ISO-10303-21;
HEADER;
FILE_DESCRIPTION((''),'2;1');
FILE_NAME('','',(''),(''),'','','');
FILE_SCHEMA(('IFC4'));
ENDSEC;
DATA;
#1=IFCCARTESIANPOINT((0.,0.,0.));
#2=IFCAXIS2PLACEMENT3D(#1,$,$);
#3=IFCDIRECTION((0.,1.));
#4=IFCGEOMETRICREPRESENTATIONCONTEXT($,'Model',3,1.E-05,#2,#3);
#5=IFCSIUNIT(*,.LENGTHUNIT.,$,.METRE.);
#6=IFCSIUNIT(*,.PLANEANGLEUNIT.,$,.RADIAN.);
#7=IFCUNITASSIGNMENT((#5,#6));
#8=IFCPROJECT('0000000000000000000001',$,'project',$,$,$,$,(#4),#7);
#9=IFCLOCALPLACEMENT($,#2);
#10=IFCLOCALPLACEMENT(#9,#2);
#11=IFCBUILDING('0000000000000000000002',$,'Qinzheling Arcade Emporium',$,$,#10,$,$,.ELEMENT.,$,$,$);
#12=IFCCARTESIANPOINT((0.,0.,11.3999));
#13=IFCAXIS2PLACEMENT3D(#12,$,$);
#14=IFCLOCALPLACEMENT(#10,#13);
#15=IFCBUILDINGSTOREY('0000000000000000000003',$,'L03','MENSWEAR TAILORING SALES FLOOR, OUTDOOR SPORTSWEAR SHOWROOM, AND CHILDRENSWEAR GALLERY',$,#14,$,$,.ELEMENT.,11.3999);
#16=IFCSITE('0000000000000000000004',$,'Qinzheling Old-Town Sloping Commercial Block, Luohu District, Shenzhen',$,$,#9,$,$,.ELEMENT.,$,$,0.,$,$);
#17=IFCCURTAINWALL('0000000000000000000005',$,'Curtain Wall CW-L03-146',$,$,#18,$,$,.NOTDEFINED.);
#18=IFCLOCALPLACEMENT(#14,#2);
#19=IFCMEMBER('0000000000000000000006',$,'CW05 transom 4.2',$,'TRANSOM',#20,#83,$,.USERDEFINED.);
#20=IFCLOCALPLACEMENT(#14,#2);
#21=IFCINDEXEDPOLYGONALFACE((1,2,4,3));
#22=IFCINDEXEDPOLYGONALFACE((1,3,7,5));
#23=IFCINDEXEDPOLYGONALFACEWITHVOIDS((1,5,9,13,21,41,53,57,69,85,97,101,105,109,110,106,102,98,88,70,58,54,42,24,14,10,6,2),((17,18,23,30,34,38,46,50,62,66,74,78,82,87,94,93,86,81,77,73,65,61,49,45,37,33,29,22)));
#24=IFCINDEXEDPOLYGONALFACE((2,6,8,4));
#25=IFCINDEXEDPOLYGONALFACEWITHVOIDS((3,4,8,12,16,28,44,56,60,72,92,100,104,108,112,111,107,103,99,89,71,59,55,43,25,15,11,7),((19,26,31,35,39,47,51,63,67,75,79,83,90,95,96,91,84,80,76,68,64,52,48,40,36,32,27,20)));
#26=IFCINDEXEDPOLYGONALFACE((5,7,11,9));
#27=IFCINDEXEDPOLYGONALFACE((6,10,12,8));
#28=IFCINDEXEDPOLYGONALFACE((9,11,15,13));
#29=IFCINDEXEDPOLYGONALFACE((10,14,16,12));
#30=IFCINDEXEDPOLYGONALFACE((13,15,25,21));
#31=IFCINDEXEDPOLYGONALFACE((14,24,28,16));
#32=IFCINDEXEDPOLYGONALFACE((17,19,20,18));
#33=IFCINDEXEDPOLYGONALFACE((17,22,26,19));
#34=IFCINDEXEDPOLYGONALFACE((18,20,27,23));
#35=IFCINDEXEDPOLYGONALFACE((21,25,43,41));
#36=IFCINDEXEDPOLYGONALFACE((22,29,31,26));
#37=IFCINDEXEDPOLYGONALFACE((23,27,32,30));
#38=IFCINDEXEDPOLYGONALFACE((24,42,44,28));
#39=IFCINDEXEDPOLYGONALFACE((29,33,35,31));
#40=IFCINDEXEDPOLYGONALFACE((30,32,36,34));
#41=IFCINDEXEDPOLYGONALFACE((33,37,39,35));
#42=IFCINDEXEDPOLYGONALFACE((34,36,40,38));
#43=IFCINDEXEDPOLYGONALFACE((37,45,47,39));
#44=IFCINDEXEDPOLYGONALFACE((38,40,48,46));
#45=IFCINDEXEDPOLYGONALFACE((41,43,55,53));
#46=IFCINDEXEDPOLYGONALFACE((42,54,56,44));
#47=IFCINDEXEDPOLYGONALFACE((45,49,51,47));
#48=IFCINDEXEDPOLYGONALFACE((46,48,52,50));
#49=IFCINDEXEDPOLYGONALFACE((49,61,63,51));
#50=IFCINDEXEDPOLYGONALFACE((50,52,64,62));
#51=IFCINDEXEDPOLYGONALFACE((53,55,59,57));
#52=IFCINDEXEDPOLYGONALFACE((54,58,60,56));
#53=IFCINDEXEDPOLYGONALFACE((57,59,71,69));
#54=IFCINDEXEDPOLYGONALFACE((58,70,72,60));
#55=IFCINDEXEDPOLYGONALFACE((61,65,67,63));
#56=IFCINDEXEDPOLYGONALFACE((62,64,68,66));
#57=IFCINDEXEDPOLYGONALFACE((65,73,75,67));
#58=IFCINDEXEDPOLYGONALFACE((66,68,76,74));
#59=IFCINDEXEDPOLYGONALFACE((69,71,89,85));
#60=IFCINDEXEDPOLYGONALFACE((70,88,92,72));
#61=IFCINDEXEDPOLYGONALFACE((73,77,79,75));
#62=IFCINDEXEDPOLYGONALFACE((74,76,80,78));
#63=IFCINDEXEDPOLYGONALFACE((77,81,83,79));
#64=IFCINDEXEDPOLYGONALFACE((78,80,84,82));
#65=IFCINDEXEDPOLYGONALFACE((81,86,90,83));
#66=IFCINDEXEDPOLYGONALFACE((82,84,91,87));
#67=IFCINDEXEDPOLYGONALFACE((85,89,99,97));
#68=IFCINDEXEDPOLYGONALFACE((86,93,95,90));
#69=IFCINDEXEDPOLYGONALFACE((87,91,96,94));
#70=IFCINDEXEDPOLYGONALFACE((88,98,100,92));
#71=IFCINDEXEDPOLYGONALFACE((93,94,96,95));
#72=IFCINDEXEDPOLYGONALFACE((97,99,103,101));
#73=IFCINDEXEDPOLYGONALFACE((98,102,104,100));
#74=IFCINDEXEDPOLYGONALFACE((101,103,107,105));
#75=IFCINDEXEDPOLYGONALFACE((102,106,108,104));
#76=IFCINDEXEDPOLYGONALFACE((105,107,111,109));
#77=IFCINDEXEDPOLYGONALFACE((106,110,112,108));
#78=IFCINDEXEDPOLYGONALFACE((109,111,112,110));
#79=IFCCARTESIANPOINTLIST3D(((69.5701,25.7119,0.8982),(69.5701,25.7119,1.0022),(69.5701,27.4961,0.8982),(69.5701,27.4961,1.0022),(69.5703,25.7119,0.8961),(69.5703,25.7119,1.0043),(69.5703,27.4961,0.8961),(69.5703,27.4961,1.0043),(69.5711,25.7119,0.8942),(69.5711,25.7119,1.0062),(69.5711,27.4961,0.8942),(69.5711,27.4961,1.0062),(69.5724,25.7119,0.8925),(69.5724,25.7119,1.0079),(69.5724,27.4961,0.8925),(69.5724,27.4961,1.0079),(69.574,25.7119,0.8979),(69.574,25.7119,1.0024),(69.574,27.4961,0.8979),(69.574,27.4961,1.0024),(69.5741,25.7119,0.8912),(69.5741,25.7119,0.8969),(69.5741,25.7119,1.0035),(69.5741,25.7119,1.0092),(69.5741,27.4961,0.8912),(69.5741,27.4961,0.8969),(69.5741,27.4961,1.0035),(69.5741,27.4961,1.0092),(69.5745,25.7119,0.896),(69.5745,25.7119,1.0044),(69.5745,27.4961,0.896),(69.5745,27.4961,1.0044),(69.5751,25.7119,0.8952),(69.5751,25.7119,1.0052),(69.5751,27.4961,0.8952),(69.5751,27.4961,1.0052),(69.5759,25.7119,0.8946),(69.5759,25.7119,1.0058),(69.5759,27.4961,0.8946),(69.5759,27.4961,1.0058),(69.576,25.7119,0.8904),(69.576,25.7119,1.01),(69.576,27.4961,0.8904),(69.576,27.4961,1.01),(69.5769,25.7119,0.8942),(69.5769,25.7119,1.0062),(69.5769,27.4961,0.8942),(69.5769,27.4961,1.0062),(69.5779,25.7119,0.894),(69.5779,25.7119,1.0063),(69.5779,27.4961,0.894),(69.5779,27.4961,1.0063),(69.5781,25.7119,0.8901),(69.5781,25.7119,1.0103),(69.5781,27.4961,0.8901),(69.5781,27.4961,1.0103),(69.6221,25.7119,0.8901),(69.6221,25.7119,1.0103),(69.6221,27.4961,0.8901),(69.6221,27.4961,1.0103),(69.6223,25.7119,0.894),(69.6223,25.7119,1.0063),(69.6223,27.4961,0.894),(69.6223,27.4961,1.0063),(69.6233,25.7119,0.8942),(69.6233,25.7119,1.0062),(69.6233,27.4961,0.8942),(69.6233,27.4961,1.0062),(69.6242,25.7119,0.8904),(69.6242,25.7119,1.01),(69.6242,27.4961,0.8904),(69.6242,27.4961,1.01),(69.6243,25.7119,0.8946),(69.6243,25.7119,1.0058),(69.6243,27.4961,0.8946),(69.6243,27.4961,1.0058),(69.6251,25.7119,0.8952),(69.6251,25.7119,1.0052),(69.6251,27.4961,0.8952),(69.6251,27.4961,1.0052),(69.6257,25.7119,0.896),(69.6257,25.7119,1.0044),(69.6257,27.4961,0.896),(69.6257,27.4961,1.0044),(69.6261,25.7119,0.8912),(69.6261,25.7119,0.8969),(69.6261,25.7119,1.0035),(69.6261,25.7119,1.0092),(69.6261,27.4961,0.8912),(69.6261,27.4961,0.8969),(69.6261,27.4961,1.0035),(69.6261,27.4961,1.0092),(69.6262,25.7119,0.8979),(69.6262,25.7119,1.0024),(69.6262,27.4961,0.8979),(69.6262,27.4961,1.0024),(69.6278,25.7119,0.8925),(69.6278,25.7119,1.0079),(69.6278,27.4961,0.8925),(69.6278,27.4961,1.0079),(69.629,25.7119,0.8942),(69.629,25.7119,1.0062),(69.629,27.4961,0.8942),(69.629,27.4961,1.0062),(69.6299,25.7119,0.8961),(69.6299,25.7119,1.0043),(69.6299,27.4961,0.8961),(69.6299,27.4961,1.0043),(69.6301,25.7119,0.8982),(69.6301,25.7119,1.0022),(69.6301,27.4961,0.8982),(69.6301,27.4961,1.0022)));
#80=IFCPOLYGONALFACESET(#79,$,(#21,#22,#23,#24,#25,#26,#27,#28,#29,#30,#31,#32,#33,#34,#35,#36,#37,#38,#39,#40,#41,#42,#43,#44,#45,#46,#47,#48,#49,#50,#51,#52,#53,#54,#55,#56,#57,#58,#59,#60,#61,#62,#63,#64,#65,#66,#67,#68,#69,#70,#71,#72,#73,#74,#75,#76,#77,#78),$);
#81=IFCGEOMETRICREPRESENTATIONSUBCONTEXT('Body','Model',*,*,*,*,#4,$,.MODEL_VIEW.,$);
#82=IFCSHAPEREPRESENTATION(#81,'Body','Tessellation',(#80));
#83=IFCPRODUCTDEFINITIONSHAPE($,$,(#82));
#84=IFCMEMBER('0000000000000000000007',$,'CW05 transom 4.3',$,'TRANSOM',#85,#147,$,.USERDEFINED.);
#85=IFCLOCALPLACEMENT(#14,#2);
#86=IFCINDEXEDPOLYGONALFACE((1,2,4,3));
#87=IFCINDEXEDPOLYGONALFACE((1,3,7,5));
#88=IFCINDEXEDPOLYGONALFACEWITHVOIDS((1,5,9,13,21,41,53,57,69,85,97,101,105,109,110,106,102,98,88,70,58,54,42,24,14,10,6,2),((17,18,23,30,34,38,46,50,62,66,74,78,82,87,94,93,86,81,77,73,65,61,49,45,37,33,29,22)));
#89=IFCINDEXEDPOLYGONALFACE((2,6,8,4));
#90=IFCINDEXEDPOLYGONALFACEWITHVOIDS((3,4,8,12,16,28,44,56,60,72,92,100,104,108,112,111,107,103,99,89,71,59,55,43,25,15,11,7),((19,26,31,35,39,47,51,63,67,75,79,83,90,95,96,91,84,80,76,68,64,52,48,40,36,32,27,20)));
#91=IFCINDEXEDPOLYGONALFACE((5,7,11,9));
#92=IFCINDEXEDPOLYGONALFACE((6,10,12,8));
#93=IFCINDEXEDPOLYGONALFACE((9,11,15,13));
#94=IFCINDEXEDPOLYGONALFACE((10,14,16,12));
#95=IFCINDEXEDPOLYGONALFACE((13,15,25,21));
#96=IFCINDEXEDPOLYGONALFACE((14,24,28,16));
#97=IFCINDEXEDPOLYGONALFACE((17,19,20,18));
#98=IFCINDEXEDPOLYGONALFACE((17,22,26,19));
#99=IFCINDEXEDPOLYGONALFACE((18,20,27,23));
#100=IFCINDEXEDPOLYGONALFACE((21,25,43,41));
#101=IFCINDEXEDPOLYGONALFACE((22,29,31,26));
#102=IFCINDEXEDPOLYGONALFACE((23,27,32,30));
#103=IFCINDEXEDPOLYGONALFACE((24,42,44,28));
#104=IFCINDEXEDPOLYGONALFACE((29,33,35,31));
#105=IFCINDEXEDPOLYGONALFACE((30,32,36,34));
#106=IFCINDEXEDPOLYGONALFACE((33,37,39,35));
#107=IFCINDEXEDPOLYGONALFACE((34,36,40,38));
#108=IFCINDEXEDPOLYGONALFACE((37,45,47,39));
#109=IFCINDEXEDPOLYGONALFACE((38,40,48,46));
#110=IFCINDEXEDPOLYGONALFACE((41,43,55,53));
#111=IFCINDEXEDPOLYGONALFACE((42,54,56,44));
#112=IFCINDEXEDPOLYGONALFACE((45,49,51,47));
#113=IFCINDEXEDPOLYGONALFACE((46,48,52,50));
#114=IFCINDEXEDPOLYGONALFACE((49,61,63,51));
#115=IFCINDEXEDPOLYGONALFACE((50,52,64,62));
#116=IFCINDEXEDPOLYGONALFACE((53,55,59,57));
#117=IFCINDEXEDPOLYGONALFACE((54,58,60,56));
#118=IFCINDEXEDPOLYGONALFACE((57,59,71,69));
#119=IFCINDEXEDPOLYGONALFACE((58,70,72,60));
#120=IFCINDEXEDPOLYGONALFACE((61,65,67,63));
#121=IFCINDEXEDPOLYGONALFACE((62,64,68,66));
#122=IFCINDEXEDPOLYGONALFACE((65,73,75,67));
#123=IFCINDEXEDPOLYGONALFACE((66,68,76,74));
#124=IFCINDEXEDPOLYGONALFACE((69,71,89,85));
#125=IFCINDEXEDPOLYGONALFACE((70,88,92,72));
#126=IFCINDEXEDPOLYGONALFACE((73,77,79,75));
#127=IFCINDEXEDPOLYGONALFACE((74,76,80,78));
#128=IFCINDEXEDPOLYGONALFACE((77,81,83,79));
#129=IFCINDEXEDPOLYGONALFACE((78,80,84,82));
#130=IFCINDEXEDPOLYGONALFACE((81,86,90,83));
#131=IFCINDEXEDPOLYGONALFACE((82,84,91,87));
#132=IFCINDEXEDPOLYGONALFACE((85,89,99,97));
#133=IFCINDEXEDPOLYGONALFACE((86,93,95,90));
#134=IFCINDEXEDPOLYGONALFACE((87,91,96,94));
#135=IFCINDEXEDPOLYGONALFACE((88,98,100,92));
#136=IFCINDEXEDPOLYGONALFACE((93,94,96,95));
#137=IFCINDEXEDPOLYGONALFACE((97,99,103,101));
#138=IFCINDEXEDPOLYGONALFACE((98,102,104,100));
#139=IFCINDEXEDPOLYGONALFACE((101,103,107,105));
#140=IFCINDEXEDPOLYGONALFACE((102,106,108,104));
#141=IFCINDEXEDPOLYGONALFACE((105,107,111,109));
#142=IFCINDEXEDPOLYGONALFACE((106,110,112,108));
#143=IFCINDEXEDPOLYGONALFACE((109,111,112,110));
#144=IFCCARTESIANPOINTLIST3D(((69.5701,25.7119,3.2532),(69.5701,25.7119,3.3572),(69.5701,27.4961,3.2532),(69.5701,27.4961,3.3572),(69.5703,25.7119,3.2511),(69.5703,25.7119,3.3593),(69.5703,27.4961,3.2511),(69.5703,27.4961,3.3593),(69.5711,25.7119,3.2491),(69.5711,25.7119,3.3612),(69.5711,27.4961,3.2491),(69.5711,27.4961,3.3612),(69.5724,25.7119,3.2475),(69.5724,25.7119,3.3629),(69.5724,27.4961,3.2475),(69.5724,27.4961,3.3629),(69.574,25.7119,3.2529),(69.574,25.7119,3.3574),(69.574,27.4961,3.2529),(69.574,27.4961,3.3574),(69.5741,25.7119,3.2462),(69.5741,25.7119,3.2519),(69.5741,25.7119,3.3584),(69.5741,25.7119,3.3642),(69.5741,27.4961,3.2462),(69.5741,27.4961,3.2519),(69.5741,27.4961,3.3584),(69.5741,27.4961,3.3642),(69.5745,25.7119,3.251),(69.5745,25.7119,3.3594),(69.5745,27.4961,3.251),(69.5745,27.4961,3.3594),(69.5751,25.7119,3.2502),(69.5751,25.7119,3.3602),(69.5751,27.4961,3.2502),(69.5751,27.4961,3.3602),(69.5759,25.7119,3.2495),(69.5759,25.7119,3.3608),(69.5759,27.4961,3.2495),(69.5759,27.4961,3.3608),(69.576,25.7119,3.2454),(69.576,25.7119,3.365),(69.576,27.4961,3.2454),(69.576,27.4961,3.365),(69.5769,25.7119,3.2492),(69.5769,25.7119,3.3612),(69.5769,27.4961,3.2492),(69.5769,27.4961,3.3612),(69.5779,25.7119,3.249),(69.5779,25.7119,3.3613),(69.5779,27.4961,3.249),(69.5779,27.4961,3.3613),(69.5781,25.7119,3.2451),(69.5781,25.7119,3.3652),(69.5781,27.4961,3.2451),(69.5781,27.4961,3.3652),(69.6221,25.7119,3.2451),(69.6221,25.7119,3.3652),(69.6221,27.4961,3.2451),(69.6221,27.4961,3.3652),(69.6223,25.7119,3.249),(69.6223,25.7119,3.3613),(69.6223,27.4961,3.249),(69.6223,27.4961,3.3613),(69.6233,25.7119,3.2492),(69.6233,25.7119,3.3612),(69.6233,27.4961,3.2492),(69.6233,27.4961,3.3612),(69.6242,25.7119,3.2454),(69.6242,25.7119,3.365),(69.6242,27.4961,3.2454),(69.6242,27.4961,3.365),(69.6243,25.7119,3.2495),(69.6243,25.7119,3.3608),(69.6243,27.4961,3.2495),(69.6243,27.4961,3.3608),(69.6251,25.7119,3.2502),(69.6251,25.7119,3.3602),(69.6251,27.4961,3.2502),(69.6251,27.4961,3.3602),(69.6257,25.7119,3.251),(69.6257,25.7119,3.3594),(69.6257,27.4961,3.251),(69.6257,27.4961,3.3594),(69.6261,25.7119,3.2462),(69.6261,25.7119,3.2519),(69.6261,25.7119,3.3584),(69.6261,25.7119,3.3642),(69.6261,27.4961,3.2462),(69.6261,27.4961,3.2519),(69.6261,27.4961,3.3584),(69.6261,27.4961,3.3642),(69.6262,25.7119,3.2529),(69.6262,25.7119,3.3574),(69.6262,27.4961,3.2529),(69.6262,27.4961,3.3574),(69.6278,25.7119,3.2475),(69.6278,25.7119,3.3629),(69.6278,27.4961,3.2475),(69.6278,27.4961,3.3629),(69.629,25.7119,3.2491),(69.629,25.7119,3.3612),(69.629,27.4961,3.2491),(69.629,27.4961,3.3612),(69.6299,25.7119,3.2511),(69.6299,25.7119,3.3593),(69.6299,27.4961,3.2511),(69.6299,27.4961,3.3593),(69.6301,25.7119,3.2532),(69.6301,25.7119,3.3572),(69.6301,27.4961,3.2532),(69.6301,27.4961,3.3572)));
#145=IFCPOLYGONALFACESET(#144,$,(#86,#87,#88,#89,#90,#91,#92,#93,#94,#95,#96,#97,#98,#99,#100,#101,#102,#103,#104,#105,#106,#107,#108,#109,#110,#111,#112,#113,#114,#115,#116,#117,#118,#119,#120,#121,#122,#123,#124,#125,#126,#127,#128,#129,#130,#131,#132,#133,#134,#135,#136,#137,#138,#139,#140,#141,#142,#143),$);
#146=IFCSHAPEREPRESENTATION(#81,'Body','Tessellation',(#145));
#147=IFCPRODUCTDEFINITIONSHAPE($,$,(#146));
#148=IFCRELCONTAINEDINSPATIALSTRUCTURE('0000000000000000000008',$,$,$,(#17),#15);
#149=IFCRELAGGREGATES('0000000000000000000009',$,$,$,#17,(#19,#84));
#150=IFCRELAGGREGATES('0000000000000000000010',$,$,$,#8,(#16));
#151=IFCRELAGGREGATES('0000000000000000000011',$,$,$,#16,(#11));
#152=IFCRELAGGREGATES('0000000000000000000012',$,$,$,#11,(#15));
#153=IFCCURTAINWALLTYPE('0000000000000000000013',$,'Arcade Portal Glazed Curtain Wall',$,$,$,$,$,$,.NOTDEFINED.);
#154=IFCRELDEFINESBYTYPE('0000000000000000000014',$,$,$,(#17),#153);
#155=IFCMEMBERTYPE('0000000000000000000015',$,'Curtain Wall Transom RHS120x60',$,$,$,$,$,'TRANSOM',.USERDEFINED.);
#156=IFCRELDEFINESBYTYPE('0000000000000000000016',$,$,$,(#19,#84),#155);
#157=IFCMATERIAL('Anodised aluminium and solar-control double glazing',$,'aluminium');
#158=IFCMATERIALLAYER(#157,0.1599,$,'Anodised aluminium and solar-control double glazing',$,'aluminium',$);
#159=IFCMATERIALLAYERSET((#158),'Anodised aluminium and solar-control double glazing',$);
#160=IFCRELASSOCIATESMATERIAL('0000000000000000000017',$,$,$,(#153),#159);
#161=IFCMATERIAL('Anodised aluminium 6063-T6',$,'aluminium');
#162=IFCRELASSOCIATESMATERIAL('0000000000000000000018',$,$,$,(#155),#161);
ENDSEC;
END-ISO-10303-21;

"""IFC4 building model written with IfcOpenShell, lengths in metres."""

from ifc_helpers import new_model, si_unit, direction, frame, origin, origin_2d, place, context, subcontext, project, spatial, hollow_rectangle, extrude, material, layer, layer_set, material_profile, profile_set, type_object, element, aggregate, save


model = new_model("IFC4")

# Units and contexts
model_context = context("Model", 3, precision=1e-05, world=origin(), true_north=direction((0.0, 1.0)))
body_context = subcontext(model_context, "Body", "Model", "MODEL_VIEW")
ifc_project = project(units=[si_unit("LENGTHUNIT", "METRE"), si_unit("PLANEANGLEUNIT", "RADIAN")], contexts=[model_context])

# Site, building, storey
site_placement = place(None, origin())
site = spatial("IfcSite", under=ifc_project, at=site_placement, Name="Qinzheling Old-Town Sloping Commercial Block, Luohu District, Shenzhen", CompositionType="ELEMENT", RefElevation=0.0)
building_placement = place(site_placement, origin())
building = spatial("IfcBuilding", under=site, at=building_placement, Name="Qinzheling Arcade Emporium", CompositionType="ELEMENT")
storey_placement = place(building_placement, frame((0.0, 0.0, 11.3999)))
storey = spatial("IfcBuildingStorey", under=building, at=storey_placement, Name="L03", Description="MENSWEAR TAILORING SALES FLOOR, OUTDOOR SPORTSWEAR SHOWROOM, AND CHILDRENSWEAR GALLERY", CompositionType="ELEMENT", Elevation=11.3999)

# Curtain wall
ifc_material_1 = material(Name="Anodised aluminium and solar-control double glazing", Category="aluminium")
ifc_layer_1 = layer(ifc_material_1, 0.1599, Name="Anodised aluminium and solar-control double glazing", Category="aluminium")
ifc_layer_set_1 = layer_set([ifc_layer_1], Name="Anodised aluminium and solar-control double glazing")
curtain_wall_type = type_object("IfcCurtainWallType", Name="Arcade Portal Glazed Curtain Wall", PredefinedType="NOTDEFINED", material=ifc_layer_set_1)
curtain_wall_1_placement = place(storey_placement, origin())
curtain_wall_1 = element("IfcCurtainWall", 1, at=curtain_wall_1_placement, inside=storey, type_object=curtain_wall_type, Name="Curtain Wall CW-L03-146", PredefinedType="NOTDEFINED")
ifc_material_2 = material(Name="Anodised aluminium 6063-T6", Category="aluminium")

# Members
ifc_material_profile_1 = material_profile(ifc_material_2, hollow_rectangle(XDim=0.0601, YDim=0.1201, WallThickness=0.0039, InnerFilletRadius=0.0039, OuterFilletRadius=0.0081, at=origin_2d()), Name="RHS 120x60x4", Category="aluminium")
ifc_profile_set_1 = profile_set([ifc_material_profile_1], Name="Anodised aluminium 6063-T6")
member_type_1 = type_object("IfcMemberType", Name="Curtain Wall Transom RHS120x60", ElementType="TRANSOM", PredefinedType="USERDEFINED", material=ifc_profile_set_1)
member_1_placement = place(storey_placement, frame((69.6001, 27.4961, 0.9502), z_axis=(0.0, -1.0, 0.0), x_axis=(1.0, 0.0, 0.0)))
member_1 = element("IfcMember", 2, at=member_1_placement, type_object=member_type_1, Name="CW05 transom 4.2", ObjectType="TRANSOM", PredefinedType="USERDEFINED", context=body_context, shape_type="SweptSolid", body=[
    extrude(hollow_rectangle(XDim=0.0601, YDim=0.1201, WallThickness=0.0039, InnerFilletRadius=0.0039, OuterFilletRadius=0.0081, at=origin_2d()), origin(), (0.0, 0.0, 1.0), 1.7842),
])
member_2_placement = place(storey_placement, frame((69.6001, 27.4961, 3.3052), z_axis=(0.0, -1.0, 0.0), x_axis=(1.0, 0.0, 0.0)))
member_2 = element("IfcMember", 3, at=member_2_placement, type_object=member_type_1, Name="CW05 transom 4.3", ObjectType="TRANSOM", PredefinedType="USERDEFINED", context=body_context, shape_type="SweptSolid", body=[
    extrude(hollow_rectangle(XDim=0.0601, YDim=0.1201, WallThickness=0.0039, InnerFilletRadius=0.0039, OuterFilletRadius=0.0081, at=origin_2d()), origin(), (0.0, 0.0, 1.0), 1.7842),
])

aggregate(curtain_wall_1, [member_1, member_2])

save(model, "model.ifc")
